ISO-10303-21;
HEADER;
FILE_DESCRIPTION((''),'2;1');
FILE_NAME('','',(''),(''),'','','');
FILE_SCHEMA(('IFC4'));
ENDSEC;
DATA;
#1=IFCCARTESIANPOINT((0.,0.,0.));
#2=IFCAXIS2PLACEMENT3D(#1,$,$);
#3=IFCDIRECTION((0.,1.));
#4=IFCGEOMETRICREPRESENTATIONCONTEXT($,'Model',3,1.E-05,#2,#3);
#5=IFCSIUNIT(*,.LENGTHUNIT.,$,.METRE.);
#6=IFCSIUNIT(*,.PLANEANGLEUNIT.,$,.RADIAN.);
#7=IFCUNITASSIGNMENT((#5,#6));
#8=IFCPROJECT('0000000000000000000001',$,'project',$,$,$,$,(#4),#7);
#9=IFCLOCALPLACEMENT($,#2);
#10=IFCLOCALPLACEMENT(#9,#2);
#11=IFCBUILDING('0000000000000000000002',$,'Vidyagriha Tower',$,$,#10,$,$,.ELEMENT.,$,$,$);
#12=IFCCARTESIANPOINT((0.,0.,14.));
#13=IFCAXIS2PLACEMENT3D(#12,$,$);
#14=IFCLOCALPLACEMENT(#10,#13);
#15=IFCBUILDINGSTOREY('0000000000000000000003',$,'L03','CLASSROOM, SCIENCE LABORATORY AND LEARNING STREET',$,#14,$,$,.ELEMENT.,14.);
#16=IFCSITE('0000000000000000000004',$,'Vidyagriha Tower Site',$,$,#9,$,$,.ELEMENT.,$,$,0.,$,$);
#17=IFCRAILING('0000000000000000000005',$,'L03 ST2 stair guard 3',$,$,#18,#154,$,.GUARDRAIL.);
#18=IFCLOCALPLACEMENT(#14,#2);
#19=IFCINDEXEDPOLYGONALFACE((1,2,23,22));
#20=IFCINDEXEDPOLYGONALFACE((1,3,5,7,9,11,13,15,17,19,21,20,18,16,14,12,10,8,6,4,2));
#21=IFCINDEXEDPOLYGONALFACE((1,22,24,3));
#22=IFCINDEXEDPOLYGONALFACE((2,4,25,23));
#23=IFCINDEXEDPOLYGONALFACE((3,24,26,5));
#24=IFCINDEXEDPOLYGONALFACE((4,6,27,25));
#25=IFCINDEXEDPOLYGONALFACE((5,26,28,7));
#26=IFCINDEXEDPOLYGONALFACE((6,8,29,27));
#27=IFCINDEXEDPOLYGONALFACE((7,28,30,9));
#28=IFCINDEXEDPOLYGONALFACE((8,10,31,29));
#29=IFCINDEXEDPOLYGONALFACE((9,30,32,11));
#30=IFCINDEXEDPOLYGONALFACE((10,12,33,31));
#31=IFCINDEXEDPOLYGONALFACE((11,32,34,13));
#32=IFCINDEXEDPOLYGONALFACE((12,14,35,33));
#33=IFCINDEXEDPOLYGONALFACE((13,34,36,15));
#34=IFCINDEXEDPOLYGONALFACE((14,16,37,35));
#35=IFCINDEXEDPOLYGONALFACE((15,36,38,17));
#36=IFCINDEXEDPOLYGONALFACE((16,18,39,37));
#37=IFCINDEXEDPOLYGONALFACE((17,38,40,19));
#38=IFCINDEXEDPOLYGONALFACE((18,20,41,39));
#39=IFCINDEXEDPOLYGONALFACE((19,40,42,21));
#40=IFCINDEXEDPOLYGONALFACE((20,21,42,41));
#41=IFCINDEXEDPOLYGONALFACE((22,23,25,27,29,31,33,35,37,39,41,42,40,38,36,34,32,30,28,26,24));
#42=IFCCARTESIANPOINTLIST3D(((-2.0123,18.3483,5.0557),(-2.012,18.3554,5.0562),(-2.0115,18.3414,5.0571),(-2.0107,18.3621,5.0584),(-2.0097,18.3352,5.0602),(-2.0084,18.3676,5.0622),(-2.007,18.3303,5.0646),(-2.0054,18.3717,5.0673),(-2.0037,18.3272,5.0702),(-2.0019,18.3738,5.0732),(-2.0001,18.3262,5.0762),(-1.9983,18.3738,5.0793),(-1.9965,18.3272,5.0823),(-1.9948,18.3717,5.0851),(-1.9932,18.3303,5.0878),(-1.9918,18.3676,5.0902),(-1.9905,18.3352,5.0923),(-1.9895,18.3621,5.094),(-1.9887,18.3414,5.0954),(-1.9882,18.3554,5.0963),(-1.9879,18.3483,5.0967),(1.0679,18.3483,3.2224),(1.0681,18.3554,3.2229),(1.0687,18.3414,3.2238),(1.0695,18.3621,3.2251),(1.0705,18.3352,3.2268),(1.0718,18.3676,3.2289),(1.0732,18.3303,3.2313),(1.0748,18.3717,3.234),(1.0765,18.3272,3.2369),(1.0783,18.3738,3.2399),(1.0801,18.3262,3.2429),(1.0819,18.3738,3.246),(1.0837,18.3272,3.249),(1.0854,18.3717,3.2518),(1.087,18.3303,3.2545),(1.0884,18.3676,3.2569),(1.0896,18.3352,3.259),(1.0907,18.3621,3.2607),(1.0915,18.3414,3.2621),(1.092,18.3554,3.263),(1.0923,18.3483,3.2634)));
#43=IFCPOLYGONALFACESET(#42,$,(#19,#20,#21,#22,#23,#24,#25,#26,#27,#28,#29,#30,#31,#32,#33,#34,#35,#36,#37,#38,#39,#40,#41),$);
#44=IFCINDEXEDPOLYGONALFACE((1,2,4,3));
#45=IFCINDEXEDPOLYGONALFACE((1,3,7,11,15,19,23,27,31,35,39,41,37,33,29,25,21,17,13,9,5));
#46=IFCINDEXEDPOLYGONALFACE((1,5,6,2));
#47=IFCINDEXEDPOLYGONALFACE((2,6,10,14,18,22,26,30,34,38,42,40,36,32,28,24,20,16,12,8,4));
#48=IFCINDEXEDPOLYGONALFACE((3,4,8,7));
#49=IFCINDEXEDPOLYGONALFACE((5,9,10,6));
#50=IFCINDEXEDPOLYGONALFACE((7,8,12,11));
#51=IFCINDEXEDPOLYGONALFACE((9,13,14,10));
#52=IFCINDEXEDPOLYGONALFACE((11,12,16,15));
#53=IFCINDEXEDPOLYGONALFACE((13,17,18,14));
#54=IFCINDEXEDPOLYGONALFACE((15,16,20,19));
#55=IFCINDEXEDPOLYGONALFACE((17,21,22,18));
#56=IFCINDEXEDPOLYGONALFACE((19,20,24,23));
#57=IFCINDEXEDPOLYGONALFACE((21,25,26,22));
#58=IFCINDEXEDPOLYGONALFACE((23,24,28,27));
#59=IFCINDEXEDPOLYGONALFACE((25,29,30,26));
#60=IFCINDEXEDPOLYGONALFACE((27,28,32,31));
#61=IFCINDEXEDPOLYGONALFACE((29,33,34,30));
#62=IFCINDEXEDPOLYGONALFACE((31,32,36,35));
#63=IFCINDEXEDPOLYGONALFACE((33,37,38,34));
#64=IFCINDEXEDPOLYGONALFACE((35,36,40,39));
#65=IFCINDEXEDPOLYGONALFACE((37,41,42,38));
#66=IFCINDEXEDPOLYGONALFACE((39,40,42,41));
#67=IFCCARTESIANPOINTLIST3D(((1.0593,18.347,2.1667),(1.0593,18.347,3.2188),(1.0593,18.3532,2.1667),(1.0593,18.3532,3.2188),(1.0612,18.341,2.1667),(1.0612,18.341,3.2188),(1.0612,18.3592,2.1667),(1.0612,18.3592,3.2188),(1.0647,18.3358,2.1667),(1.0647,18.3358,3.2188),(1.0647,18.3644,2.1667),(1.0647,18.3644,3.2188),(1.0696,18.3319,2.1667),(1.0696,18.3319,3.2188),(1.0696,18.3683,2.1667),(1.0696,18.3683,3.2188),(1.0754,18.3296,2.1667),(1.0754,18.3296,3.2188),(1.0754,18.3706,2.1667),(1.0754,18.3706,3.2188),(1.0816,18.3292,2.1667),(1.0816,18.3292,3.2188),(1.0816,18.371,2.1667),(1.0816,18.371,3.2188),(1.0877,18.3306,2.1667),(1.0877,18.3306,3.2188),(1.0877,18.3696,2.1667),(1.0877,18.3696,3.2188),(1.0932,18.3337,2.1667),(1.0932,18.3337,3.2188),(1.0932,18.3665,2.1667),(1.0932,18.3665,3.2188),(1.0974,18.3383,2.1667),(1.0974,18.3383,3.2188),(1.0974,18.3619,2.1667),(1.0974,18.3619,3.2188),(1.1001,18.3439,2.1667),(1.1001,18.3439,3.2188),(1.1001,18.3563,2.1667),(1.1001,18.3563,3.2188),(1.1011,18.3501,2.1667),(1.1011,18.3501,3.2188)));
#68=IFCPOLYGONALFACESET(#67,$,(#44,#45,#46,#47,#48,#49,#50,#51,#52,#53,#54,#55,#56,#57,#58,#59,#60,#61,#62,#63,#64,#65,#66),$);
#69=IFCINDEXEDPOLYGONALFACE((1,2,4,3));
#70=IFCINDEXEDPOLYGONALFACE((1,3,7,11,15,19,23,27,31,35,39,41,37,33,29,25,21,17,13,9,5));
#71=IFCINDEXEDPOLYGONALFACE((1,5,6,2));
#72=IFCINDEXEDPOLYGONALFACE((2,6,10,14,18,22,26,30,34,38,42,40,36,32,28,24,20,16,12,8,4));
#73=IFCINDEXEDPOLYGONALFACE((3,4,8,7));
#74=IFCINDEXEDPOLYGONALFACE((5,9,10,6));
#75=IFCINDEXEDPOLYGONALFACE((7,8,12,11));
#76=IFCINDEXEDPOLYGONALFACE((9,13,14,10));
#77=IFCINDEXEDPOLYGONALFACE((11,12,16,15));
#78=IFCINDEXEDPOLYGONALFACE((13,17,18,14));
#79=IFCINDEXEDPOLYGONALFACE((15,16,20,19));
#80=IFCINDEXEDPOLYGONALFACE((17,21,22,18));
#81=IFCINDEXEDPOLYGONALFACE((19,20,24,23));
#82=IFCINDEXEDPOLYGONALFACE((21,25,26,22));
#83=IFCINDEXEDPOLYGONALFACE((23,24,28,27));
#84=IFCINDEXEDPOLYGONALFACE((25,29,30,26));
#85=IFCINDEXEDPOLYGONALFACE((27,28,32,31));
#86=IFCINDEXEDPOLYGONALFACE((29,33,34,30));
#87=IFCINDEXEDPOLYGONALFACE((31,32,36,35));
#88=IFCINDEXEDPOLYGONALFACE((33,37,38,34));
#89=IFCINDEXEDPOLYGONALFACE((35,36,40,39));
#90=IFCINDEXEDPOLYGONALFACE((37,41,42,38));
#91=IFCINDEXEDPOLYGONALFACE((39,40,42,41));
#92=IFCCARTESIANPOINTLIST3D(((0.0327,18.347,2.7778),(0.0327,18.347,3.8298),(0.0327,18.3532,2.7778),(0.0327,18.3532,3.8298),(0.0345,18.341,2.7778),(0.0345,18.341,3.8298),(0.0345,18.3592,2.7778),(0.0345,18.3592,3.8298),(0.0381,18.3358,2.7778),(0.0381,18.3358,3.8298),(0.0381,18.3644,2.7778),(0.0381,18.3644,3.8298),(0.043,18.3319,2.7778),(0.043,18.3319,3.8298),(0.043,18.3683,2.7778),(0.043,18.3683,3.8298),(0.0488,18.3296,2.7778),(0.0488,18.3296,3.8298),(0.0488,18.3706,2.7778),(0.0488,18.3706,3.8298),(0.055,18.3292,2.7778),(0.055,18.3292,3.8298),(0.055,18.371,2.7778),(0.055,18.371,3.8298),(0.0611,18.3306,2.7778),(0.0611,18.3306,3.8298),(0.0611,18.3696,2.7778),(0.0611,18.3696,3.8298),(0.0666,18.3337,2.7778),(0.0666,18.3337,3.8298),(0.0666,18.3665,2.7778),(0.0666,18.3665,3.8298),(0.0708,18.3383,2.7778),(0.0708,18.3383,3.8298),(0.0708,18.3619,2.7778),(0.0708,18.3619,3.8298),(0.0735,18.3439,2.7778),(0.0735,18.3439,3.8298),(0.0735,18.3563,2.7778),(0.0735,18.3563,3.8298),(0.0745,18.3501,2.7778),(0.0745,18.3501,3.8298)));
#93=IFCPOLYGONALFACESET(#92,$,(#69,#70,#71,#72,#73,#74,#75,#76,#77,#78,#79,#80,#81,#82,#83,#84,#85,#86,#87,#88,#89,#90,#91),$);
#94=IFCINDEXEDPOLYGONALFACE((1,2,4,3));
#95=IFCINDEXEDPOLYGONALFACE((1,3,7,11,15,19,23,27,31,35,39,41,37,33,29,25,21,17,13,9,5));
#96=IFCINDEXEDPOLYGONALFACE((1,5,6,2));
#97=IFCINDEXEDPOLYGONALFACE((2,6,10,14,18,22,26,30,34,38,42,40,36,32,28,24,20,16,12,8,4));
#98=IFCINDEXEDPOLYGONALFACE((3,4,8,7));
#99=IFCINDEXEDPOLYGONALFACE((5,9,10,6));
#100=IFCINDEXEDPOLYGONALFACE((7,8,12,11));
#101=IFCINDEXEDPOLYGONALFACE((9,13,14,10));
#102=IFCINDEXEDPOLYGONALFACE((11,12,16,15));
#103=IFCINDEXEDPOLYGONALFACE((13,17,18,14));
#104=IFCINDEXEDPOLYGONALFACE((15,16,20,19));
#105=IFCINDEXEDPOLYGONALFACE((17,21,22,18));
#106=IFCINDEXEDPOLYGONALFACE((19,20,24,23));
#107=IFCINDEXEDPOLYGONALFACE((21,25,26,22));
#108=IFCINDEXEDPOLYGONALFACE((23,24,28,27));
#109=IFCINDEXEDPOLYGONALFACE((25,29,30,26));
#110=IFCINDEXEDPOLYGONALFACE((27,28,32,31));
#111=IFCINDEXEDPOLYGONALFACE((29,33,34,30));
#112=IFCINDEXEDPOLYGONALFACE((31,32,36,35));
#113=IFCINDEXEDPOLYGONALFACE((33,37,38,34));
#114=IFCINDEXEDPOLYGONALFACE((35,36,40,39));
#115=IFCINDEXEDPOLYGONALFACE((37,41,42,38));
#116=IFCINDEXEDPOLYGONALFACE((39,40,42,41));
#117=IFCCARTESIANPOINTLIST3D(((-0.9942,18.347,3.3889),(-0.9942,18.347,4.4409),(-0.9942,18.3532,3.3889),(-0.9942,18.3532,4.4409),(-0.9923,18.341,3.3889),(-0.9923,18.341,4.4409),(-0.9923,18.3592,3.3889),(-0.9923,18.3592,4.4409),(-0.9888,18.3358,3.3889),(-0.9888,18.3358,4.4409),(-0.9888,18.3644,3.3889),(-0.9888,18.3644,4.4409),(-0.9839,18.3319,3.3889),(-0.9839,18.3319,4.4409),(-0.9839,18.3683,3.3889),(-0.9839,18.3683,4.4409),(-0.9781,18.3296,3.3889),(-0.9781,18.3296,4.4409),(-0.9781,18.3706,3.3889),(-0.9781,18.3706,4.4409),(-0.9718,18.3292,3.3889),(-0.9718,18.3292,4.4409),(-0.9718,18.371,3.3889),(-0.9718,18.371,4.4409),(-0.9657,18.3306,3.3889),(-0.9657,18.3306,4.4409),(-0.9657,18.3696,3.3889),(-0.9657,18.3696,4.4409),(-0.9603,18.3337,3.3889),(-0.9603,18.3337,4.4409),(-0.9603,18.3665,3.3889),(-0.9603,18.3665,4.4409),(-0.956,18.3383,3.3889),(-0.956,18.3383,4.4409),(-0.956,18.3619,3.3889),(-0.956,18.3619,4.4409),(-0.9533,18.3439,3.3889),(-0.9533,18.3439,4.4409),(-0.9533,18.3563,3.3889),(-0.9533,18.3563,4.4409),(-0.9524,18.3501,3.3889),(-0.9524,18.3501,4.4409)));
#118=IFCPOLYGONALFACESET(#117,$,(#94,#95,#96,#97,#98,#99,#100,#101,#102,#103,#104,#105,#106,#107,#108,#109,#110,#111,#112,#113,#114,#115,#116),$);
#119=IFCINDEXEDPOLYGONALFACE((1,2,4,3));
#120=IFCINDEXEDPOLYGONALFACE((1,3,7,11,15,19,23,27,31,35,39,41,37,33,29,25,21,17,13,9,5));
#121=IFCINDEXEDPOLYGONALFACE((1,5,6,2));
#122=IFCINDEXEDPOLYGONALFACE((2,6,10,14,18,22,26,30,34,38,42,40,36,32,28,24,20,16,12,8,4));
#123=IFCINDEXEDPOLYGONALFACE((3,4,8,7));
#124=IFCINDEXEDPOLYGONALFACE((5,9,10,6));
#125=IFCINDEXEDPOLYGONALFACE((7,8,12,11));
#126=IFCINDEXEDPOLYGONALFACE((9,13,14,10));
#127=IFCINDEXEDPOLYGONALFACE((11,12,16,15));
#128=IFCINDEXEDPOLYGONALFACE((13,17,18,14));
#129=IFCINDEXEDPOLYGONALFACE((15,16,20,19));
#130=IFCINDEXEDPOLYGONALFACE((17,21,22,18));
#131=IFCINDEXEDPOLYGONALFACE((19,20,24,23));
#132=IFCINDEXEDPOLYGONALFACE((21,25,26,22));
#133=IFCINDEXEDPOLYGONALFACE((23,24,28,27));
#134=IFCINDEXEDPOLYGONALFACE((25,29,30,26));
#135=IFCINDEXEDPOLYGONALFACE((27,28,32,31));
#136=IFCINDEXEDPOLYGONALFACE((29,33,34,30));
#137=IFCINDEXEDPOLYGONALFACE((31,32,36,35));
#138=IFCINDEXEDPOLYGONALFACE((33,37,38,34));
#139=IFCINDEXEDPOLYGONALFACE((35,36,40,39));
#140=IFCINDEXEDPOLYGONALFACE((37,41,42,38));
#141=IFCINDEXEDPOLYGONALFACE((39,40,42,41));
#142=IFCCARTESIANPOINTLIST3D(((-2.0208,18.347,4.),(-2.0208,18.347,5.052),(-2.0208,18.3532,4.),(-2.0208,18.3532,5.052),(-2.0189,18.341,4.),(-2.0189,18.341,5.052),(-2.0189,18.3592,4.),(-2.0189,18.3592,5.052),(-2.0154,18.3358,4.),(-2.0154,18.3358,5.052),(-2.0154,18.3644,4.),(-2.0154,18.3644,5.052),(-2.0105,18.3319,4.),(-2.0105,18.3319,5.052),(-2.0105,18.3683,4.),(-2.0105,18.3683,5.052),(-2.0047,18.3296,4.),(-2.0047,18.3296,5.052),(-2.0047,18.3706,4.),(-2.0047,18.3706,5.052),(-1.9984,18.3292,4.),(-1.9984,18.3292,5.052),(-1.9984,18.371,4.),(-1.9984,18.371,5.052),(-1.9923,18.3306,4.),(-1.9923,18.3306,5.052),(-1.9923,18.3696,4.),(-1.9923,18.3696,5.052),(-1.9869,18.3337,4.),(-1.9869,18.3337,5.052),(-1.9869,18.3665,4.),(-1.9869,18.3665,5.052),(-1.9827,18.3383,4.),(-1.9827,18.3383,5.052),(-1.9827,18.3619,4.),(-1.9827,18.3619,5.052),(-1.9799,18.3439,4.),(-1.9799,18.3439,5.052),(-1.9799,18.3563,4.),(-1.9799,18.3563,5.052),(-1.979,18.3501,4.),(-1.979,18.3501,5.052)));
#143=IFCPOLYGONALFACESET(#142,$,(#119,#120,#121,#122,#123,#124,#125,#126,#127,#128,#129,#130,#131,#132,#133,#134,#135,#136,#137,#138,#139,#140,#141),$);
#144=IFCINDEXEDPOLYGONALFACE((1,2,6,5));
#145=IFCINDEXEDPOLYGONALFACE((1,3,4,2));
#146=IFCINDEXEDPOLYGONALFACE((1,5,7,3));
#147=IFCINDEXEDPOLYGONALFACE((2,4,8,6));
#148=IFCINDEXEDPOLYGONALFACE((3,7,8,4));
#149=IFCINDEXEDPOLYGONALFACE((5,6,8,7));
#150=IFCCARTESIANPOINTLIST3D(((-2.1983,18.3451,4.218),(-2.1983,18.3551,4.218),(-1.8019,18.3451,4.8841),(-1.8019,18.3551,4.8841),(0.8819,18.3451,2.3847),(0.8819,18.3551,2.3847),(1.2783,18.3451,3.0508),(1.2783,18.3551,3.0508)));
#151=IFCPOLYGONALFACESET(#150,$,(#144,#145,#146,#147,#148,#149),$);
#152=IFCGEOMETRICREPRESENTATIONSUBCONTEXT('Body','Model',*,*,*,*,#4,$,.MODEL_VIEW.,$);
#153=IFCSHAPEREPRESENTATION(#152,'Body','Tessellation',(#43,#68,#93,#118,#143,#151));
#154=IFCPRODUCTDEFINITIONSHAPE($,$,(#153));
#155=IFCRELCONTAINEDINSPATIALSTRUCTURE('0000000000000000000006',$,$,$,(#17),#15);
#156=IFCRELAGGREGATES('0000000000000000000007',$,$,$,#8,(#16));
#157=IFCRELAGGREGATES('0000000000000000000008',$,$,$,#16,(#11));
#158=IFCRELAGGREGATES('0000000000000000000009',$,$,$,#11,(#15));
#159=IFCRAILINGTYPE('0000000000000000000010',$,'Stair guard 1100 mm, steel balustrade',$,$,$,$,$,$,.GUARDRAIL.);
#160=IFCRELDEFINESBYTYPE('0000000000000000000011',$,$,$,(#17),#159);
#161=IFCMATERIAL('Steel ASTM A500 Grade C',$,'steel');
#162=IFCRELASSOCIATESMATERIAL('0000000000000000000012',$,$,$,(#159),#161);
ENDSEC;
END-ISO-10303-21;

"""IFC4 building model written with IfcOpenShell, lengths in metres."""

from ifc_helpers import new_model, si_unit, direction, frame, origin, origin_2d, place, context, subcontext, project, spatial, rectangle, circle, extrude, material, type_object, element, save


model = new_model("IFC4")

# Units and contexts
model_context = context("Model", 3, precision=1e-05, world=origin(), true_north=direction((0.0, 1.0)))
body_context = subcontext(model_context, "Body", "Model", "MODEL_VIEW")
ifc_project = project(units=[si_unit("LENGTHUNIT", "METRE"), si_unit("PLANEANGLEUNIT", "RADIAN")], contexts=[model_context])

# Site, building, storey
site_placement = place(None, origin())
site = spatial("IfcSite", under=ifc_project, at=site_placement, Name="Vidyagriha Tower Site", CompositionType="ELEMENT", RefElevation=0.0)
building_placement = place(site_placement, origin())
building = spatial("IfcBuilding", under=site, at=building_placement, Name="Vidyagriha Tower", CompositionType="ELEMENT")
storey_placement = place(building_placement, frame((0.0, 0.0, 14.0)))
storey = spatial("IfcBuildingStorey", under=building, at=storey_placement, Name="L03", Description="CLASSROOM, SCIENCE LABORATORY AND LEARNING STREET", CompositionType="ELEMENT", Elevation=14.0)

# Railing
ifc_material_1 = material(Name="Steel ASTM A500 Grade C", Category="steel")
railing_type_1 = type_object("IfcRailingType", Name="Stair guard 1100 mm, steel balustrade", PredefinedType="GUARDRAIL", material=ifc_material_1)
railing_1_placement = place(storey_placement, frame((1.0801, 18.3501, 2.1667)))
element("IfcRailing", 1, at=railing_1_placement, inside=storey, type_object=railing_type_1, Name="L03 ST2 stair guard 3", PredefinedType="GUARDRAIL", context=body_context, shape_type="SweptSolid", body=[
    extrude(circle(Radius=0.0239, at=origin_2d()), frame((0.0, 0.0, 1.0762), z_axis=(-0.859309, 0.0, 0.511458), x_axis=(0.0, -1.0, 0.0)), (0.0, 0.0, 1.0), 3.5845),
    extrude(circle(Radius=0.021, at=origin_2d()), origin(), (0.0, 0.0, 1.0), 1.052),
    extrude(circle(Radius=0.021, at=origin_2d()), frame((-1.0266, 0.0, 0.6111)), (0.0, 0.0, 1.0), 1.052),
    extrude(circle(Radius=0.021, at=origin_2d()), frame((-2.0535, 0.0, 1.2222)), (0.0, 0.0, 1.0), 1.052),
    extrude(circle(Radius=0.021, at=origin_2d()), frame((-3.0801, 0.0, 1.8333)), (0.0, 0.0, 1.0), 1.052),
    extrude(rectangle(XDim=0.01, YDim=0.7751, at=origin_2d()), frame((0.0, 0.0, 0.551), z_axis=(-0.859309, 0.0, 0.511458), x_axis=(0.0, -1.0, 0.0)), (0.0, 0.0, 1.0), 3.5845),
])

save(model, "model.ifc")
